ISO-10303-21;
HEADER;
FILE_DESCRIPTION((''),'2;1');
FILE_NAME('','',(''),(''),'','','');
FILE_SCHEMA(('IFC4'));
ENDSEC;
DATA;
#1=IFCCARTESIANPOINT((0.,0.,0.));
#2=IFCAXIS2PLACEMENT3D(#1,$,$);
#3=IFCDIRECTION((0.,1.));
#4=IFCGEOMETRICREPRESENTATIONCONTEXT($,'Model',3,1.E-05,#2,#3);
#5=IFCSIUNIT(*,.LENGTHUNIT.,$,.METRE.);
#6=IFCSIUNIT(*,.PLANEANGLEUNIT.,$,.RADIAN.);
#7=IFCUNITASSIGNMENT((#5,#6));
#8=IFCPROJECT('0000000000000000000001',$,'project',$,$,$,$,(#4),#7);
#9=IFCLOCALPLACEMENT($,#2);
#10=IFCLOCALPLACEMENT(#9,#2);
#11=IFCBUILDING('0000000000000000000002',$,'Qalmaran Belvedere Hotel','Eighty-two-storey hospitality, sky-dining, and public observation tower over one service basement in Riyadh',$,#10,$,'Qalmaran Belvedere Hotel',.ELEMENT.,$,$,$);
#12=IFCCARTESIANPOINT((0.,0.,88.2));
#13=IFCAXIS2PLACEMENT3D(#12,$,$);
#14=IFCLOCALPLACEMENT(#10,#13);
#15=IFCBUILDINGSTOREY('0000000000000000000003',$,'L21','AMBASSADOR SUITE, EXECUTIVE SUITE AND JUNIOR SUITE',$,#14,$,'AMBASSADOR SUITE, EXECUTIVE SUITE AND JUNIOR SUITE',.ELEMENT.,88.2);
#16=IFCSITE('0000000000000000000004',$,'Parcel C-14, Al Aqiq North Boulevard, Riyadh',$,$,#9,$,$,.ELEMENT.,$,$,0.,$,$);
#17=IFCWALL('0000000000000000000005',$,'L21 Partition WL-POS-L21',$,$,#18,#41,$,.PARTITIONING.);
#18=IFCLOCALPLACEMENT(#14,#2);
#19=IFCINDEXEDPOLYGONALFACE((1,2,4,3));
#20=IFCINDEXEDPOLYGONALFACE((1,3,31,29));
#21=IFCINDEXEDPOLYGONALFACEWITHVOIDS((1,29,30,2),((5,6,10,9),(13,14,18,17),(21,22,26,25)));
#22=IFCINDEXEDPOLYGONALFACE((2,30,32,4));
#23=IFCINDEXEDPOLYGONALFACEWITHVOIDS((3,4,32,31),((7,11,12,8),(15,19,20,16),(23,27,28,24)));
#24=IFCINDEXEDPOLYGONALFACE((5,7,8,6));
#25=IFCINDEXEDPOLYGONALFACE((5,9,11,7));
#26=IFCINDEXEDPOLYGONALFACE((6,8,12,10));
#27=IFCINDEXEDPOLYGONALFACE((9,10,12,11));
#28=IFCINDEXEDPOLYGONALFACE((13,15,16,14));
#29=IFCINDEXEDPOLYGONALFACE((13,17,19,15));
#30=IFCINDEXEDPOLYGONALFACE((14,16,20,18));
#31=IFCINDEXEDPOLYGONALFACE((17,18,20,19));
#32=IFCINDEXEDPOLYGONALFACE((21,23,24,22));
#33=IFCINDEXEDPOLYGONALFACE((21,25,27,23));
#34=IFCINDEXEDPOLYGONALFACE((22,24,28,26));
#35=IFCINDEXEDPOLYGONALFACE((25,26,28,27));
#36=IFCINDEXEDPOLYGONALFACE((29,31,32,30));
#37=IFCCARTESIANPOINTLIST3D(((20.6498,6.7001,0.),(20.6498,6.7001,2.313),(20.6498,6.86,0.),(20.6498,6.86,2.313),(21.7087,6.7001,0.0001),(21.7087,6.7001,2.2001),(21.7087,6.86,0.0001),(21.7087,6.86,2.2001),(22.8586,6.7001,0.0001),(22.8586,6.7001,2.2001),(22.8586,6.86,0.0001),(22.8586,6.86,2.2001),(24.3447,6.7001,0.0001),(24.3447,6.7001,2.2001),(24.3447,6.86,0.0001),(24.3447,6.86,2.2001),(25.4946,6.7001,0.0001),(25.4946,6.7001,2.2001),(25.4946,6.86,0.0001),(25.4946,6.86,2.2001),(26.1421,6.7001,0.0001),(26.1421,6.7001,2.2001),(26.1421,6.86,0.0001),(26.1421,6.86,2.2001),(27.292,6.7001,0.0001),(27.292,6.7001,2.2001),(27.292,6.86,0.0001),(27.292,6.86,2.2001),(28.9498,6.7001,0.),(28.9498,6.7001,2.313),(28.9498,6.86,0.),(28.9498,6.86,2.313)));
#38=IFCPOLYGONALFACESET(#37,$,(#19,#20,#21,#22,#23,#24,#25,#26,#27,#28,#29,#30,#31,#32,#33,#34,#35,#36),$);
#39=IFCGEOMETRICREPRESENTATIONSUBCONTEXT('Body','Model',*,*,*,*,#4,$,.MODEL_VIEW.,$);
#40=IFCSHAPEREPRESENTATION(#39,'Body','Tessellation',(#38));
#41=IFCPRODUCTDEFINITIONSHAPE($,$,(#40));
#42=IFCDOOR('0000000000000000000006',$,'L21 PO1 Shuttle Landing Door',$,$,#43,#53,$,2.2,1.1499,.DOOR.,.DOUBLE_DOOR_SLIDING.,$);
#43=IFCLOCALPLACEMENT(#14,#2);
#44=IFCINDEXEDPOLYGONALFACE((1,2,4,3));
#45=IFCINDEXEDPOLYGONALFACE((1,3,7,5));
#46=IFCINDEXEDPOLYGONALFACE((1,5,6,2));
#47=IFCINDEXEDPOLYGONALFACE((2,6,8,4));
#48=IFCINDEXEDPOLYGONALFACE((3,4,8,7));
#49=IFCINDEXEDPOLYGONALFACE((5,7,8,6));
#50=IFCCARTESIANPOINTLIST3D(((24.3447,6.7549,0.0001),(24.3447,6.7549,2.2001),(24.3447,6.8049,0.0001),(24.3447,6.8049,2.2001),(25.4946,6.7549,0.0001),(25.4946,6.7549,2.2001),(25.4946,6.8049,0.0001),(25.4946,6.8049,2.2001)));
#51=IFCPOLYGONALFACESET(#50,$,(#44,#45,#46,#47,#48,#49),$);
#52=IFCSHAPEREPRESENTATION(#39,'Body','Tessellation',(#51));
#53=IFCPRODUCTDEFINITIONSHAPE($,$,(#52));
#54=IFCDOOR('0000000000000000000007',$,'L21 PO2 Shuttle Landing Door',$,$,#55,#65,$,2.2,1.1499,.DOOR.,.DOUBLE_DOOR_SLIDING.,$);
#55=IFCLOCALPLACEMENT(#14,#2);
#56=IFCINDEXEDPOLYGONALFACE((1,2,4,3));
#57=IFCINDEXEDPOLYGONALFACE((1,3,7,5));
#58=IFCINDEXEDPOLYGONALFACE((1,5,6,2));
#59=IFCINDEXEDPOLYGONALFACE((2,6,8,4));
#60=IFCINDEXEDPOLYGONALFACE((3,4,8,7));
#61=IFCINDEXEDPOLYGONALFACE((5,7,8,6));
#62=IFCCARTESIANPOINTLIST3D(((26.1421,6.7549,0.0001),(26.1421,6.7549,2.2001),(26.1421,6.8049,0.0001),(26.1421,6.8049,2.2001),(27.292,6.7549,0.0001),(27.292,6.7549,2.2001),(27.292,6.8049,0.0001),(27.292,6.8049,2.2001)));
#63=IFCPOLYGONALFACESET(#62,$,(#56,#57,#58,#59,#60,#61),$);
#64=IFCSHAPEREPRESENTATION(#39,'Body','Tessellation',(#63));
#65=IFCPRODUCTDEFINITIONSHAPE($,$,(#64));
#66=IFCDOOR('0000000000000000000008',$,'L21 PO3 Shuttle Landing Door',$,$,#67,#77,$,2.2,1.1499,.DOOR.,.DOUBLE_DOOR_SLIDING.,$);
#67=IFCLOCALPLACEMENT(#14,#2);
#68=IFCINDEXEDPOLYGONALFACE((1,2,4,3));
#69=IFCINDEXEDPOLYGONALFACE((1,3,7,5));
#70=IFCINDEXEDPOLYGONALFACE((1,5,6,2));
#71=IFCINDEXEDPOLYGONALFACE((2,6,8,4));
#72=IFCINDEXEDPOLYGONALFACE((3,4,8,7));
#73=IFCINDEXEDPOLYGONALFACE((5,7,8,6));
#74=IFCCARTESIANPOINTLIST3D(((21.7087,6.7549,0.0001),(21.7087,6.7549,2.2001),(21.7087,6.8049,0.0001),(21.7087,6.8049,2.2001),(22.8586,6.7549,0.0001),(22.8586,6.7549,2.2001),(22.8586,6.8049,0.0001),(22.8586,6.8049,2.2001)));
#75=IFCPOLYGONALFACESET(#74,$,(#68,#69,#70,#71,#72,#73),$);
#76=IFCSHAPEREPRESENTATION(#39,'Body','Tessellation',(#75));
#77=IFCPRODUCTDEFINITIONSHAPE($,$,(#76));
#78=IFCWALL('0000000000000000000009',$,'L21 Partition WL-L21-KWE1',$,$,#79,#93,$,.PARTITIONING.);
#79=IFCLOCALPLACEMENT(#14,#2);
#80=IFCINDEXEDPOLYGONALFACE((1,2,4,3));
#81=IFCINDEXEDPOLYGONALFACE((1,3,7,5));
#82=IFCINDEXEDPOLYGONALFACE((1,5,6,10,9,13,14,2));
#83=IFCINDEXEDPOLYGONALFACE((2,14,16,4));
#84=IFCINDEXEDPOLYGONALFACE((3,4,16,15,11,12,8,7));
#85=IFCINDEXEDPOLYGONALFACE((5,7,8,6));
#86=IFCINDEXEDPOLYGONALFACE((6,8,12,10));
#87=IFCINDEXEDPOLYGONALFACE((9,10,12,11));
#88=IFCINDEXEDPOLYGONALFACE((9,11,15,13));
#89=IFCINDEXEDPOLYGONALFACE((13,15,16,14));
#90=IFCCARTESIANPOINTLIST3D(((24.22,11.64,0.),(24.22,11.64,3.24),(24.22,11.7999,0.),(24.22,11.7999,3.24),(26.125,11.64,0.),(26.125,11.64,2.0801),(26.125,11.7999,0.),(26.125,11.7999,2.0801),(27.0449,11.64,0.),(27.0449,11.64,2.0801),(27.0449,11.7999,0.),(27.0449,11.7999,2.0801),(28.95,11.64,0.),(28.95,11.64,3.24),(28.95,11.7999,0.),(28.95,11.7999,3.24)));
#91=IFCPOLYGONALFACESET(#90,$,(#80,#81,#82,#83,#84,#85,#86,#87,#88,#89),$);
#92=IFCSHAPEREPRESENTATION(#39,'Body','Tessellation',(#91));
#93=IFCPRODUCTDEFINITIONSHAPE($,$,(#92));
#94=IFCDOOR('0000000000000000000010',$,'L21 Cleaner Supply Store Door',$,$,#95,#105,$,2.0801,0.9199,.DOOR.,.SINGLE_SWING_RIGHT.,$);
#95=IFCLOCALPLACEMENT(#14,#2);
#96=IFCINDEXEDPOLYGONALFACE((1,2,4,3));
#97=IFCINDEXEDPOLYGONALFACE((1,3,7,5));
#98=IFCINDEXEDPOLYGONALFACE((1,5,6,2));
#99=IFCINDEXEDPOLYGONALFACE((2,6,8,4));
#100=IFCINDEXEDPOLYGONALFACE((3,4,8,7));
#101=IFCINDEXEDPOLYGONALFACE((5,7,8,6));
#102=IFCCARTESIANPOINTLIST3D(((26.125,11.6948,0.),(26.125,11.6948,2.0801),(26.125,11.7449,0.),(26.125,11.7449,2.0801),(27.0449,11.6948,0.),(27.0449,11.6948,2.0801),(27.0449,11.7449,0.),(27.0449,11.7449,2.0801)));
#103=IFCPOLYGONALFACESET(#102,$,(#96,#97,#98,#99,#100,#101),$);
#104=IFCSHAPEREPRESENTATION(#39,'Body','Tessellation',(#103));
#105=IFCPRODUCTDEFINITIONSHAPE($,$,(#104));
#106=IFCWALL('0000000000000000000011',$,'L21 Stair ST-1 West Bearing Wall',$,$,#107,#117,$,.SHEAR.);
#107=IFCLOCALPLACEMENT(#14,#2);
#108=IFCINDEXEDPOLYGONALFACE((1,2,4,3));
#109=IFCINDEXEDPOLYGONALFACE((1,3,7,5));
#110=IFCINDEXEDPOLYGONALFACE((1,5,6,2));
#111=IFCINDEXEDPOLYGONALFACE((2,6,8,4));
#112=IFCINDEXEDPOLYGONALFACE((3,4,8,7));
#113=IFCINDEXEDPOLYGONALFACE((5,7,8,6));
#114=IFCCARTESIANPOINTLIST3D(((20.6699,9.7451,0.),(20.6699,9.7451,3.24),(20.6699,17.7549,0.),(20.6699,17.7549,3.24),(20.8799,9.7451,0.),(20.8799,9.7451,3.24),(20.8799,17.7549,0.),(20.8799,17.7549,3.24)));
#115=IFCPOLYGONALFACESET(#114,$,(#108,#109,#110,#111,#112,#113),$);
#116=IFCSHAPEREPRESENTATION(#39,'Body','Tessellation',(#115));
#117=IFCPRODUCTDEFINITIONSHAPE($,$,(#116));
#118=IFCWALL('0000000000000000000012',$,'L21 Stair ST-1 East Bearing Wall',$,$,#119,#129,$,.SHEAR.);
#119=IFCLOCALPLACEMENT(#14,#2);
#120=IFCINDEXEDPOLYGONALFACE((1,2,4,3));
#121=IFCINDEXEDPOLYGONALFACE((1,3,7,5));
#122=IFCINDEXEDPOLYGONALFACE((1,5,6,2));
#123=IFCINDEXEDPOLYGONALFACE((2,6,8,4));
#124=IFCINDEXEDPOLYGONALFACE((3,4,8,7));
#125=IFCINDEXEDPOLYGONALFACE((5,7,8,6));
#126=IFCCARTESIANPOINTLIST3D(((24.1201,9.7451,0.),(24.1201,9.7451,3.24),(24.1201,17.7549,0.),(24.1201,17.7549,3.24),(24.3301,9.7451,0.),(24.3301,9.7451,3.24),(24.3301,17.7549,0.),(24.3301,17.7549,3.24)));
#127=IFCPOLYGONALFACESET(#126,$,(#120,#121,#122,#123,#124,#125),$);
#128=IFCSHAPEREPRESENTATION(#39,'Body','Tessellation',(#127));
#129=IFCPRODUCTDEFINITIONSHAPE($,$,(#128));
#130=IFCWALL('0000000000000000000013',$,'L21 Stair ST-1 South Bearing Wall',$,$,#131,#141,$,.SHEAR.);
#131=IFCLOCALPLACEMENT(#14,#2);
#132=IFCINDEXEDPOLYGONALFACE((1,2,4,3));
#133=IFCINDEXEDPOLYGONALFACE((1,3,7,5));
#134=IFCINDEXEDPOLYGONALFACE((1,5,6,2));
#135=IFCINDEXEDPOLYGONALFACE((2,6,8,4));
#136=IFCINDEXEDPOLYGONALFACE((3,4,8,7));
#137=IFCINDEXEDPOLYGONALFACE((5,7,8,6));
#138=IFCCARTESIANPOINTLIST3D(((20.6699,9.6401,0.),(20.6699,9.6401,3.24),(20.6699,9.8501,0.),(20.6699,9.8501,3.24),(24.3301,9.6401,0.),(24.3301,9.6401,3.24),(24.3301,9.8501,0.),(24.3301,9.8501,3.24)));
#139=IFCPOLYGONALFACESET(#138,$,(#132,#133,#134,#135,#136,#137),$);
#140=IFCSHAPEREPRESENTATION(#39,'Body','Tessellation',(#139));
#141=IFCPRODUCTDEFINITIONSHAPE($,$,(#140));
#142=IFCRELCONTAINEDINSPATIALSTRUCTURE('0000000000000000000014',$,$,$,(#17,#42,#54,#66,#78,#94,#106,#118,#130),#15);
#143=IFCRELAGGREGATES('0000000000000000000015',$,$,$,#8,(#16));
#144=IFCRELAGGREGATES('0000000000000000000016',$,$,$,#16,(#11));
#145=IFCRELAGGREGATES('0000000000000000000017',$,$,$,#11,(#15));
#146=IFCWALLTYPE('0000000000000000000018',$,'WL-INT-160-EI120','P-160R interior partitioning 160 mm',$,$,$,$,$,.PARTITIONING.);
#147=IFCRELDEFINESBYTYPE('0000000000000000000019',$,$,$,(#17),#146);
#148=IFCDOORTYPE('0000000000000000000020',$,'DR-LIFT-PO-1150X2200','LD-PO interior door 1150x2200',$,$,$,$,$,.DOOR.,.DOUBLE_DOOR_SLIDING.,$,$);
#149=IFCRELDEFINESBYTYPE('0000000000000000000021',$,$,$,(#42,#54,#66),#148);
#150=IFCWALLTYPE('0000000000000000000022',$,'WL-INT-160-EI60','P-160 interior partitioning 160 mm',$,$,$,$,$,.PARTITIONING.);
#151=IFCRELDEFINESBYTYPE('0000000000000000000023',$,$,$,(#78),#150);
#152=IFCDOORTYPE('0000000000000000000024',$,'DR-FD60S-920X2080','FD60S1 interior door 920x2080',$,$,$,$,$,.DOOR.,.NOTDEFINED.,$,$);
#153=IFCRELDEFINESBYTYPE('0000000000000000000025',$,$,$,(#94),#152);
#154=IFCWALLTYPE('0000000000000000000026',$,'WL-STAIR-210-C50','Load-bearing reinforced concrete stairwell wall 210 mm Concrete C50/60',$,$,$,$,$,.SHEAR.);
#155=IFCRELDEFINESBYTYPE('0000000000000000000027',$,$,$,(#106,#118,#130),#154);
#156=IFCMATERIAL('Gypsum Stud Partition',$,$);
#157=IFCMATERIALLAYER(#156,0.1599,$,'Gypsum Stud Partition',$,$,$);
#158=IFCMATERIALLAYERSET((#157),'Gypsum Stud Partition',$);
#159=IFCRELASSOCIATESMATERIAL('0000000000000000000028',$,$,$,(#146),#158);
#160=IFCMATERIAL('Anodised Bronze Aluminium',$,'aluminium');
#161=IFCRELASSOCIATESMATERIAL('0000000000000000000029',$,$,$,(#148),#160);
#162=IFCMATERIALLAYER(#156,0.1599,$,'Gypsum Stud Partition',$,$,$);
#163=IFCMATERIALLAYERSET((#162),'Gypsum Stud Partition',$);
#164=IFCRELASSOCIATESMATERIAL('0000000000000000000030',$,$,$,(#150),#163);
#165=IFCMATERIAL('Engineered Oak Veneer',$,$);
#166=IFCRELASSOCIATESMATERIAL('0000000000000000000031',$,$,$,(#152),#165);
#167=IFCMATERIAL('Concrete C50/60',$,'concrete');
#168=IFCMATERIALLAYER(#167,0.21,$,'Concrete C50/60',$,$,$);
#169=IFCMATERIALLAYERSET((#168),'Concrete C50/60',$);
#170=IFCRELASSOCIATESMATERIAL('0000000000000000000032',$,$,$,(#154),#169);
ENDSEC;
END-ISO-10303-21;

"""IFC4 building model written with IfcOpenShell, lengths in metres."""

from ifc_helpers import new_model, si_unit, direction, frame, frame_2d, origin, place, context, subcontext, project, spatial, rectangle, extrude, material, layer, layer_set, type_object, element, fill, save


model = new_model("IFC4")

# Units and contexts
model_context = context("Model", 3, precision=1e-05, world=origin(), true_north=direction((0.0, 1.0)))
body_context = subcontext(model_context, "Body", "Model", "MODEL_VIEW")
ifc_project = project(units=[si_unit("LENGTHUNIT", "METRE"), si_unit("PLANEANGLEUNIT", "RADIAN")], contexts=[model_context])

# Site, building, storey
site_placement = place(None, origin())
site = spatial("IfcSite", under=ifc_project, at=site_placement, Name="Parcel C-14, Al Aqiq North Boulevard, Riyadh", CompositionType="ELEMENT", RefElevation=0.0)
building_placement = place(site_placement, origin())
building = spatial("IfcBuilding", under=site, at=building_placement, Name="Qalmaran Belvedere Hotel", Description="Eighty-two-storey hospitality, sky-dining, and public observation tower over one service basement in Riyadh", LongName="Qalmaran Belvedere Hotel", CompositionType="ELEMENT")
storey_placement = place(building_placement, frame((0.0, 0.0, 88.2)))
storey = spatial("IfcBuildingStorey", under=building, at=storey_placement, Name="L21", Description="AMBASSADOR SUITE, EXECUTIVE SUITE AND JUNIOR SUITE", LongName="AMBASSADOR SUITE, EXECUTIVE SUITE AND JUNIOR SUITE", CompositionType="ELEMENT", Elevation=88.2)

# Shared definitions
ifc_material_1 = material(Name="Anodised Bronze Aluminium", Category="aluminium")

# Shared definitions
ifc_material_2 = material(Name="Concrete C50/60", Category="concrete")
ifc_material_3 = material(Name="Gypsum Stud Partition")

# Wall, openings, doors
ifc_layer_1 = layer(ifc_material_3, 0.1599, Name="Gypsum Stud Partition")
ifc_layer_set_1 = layer_set([ifc_layer_1], Name="Gypsum Stud Partition")
wall_type_1 = type_object("IfcWallType", Name="WL-INT-160-EI120", Description="P-160R interior partitioning 160 mm", PredefinedType="PARTITIONING", material=ifc_layer_set_1)
wall_1_placement = place(storey_placement, frame((20.6499, 6.78, 0.0), z_axis=(0.0, 0.0, 1.0), x_axis=(1.0, 0.0, 0.0)))
wall_1 = element("IfcWall", 1, at=wall_1_placement, inside=storey, type_object=wall_type_1, Name="L21 Partition WL-POS-L21", PredefinedType="PARTITIONING", context=body_context, shape_type="SweptSolid", body=[
    extrude(rectangle(XDim=8.3, YDim=0.1599, at=frame_2d((4.1499, 0.0))), origin(), (0.0, 0.0, 1.0), 2.313),
])
opening_1_placement = place(wall_1_placement, frame((3.6948, 0.0, 0.0)))
opening_1 = element("IfcOpeningElement", 2, at=opening_1_placement, cuts=wall_1, PredefinedType="OPENING", context=body_context, shape_type="SweptSolid", body=[
    extrude(rectangle(XDim=1.1499, YDim=2.2, at=frame_2d((0.575, 1.1001))), frame((0.0, 0.0898, 0.0), z_axis=(0.0, -1.0, 0.0), x_axis=(1.0, 0.0, 0.0)), (0.0, 0.0, 1.0), 0.1799),
])
opening_2_placement = place(wall_1_placement, frame((5.4922, 0.0, 0.0)))
opening_2 = element("IfcOpeningElement", 3, at=opening_2_placement, cuts=wall_1, PredefinedType="OPENING", context=body_context, shape_type="SweptSolid", body=[
    extrude(rectangle(XDim=1.1499, YDim=2.2, at=frame_2d((0.575, 1.1001))), frame((0.0, 0.0898, 0.0), z_axis=(0.0, -1.0, 0.0), x_axis=(1.0, 0.0, 0.0)), (0.0, 0.0, 1.0), 0.1799),
])
opening_3_placement = place(wall_1_placement, frame((1.0588, 0.0, 0.0)))
opening_3 = element("IfcOpeningElement", 4, at=opening_3_placement, cuts=wall_1, PredefinedType="OPENING", context=body_context, shape_type="SweptSolid", body=[
    extrude(rectangle(XDim=1.1499, YDim=2.2, at=frame_2d((0.575, 1.1001))), frame((0.0, 0.0898, 0.0), z_axis=(0.0, -1.0, 0.0), x_axis=(1.0, 0.0, 0.0)), (0.0, 0.0, 1.0), 0.1799),
])
door_type_1 = type_object("IfcDoorType", Name="DR-LIFT-PO-1150X2200", Description="LD-PO interior door 1150x2200", OperationType="DOUBLE_DOOR_SLIDING", PredefinedType="DOOR", material=ifc_material_1)
door_1_placement = place(opening_1_placement, origin())
door_1 = element("IfcDoor", 5, at=door_1_placement, inside=storey, type_object=door_type_1, Name="L21 PO1 Shuttle Landing Door", OperationType="DOUBLE_DOOR_SLIDING", OverallHeight=2.2, OverallWidth=1.1499, PredefinedType="DOOR", context=body_context, shape_type="SweptSolid", body=[
    extrude(rectangle(XDim=1.1499, YDim=2.2, at=frame_2d((0.575, 1.1001))), frame((0.0, 0.0249, 0.0), z_axis=(0.0, -1.0, 0.0), x_axis=(1.0, 0.0, 0.0)), (0.0, 0.0, 1.0), 0.05),
])
fill(opening_1, door_1)
door_2_placement = place(opening_2_placement, origin())
door_2 = element("IfcDoor", 6, at=door_2_placement, inside=storey, type_object=door_type_1, Name="L21 PO2 Shuttle Landing Door", OperationType="DOUBLE_DOOR_SLIDING", OverallHeight=2.2, OverallWidth=1.1499, PredefinedType="DOOR", context=body_context, shape_type="SweptSolid", body=[
    extrude(rectangle(XDim=1.1499, YDim=2.2, at=frame_2d((0.575, 1.1001))), frame((0.0, 0.0249, 0.0), z_axis=(0.0, -1.0, 0.0), x_axis=(1.0, 0.0, 0.0)), (0.0, 0.0, 1.0), 0.05),
])
fill(opening_2, door_2)
door_3_placement = place(opening_3_placement, origin())
door_3 = element("IfcDoor", 7, at=door_3_placement, inside=storey, type_object=door_type_1, Name="L21 PO3 Shuttle Landing Door", OperationType="DOUBLE_DOOR_SLIDING", OverallHeight=2.2, OverallWidth=1.1499, PredefinedType="DOOR", context=body_context, shape_type="SweptSolid", body=[
    extrude(rectangle(XDim=1.1499, YDim=2.2, at=frame_2d((0.575, 1.1001))), frame((0.0, 0.0249, 0.0), z_axis=(0.0, -1.0, 0.0), x_axis=(1.0, 0.0, 0.0)), (0.0, 0.0, 1.0), 0.05),
])
fill(opening_3, door_3)

# Wall, opening, door
ifc_layer_2 = layer(ifc_material_3, 0.1599, Name="Gypsum Stud Partition")
ifc_layer_set_2 = layer_set([ifc_layer_2], Name="Gypsum Stud Partition")
wall_type_2 = type_object("IfcWallType", Name="WL-INT-160-EI60", Description="P-160 interior partitioning 160 mm", PredefinedType="PARTITIONING", material=ifc_layer_set_2)
wall_2_placement = place(storey_placement, frame((24.22, 11.72, 0.0), z_axis=(0.0, 0.0, 1.0), x_axis=(1.0, 0.0, 0.0)))
wall_2 = element("IfcWall", 8, at=wall_2_placement, inside=storey, type_object=wall_type_2, Name="L21 Partition WL-L21-KWE1", PredefinedType="PARTITIONING", context=body_context, shape_type="SweptSolid", body=[
    extrude(rectangle(XDim=4.73, YDim=0.1599, at=frame_2d((2.365, 0.0))), origin(), (0.0, 0.0, 1.0), 3.24),
])
opening_4_placement = place(wall_2_placement, frame((1.905, 0.0, 0.0)))
opening_4 = element("IfcOpeningElement", 9, at=opening_4_placement, cuts=wall_2, PredefinedType="OPENING", context=body_context, shape_type="SweptSolid", body=[
    extrude(rectangle(XDim=0.9199, YDim=2.0801, at=frame_2d((0.46, 1.04))), frame((0.0, 0.0898, 0.0), z_axis=(0.0, -1.0, 0.0), x_axis=(1.0, 0.0, 0.0)), (0.0, 0.0, 1.0), 0.1799),
])
ifc_material_4 = material(Name="Engineered Oak Veneer")
door_type_2 = type_object("IfcDoorType", Name="DR-FD60S-920X2080", Description="FD60S1 interior door 920x2080", OperationType="NOTDEFINED", PredefinedType="DOOR", material=ifc_material_4)
door_4_placement = place(opening_4_placement, origin())
door_4 = element("IfcDoor", 10, at=door_4_placement, inside=storey, type_object=door_type_2, Name="L21 Cleaner Supply Store Door", OperationType="SINGLE_SWING_RIGHT", OverallHeight=2.0801, OverallWidth=0.9199, PredefinedType="DOOR", context=body_context, shape_type="SweptSolid", body=[
    extrude(rectangle(XDim=0.9199, YDim=2.0801, at=frame_2d((0.46, 1.04))), frame((0.0, 0.0249, 0.0), z_axis=(0.0, -1.0, 0.0), x_axis=(1.0, 0.0, 0.0)), (0.0, 0.0, 1.0), 0.05),
])
fill(opening_4, door_4)

# Walls
ifc_layer_3 = layer(ifc_material_2, 0.21, Name="Concrete C50/60")
ifc_layer_set_3 = layer_set([ifc_layer_3], Name="Concrete C50/60")
wall_type_3 = type_object("IfcWallType", Name="WL-STAIR-210-C50", Description="Load-bearing reinforced concrete stairwell wall 210 mm Concrete C50/60", PredefinedType="SHEAR", material=ifc_layer_set_3)
for number, where, z_axis, x_axis, name in (
    (11, (20.7749, 9.7451, 0.0), (0.0, 0.0, 1.0), (0.0, 1.0, 0.0), "L21 Stair ST-1 West Bearing Wall"),
    (12, (24.2251, 9.7451, 0.0), (0.0, 0.0, 1.0), (0.0, 1.0, 0.0), "L21 Stair ST-1 East Bearing Wall"),
):
    element("IfcWall", number, at=place(storey_placement, frame(where, z_axis=z_axis, x_axis=x_axis)), inside=storey, type_object=wall_type_3, Name=name, PredefinedType="SHEAR", context=body_context, shape_type="SweptSolid", body=[
        extrude(rectangle(XDim=8.0098, YDim=0.21, at=frame_2d((4.0049, 0.0))), origin(), (0.0, 0.0, 1.0), 3.24),
    ])
wall_3_placement = place(storey_placement, frame((20.6699, 9.7451, 0.0), z_axis=(0.0, 0.0, 1.0), x_axis=(1.0, 0.0, 0.0)))
element("IfcWall", 13, at=wall_3_placement, inside=storey, type_object=wall_type_3, Name="L21 Stair ST-1 South Bearing Wall", PredefinedType="SHEAR", context=body_context, shape_type="SweptSolid", body=[
    extrude(rectangle(XDim=3.6602, YDim=0.21, at=frame_2d((1.8301, 0.0))), origin(), (0.0, 0.0, 1.0), 3.24),
])

save(model, "model.ifc")
